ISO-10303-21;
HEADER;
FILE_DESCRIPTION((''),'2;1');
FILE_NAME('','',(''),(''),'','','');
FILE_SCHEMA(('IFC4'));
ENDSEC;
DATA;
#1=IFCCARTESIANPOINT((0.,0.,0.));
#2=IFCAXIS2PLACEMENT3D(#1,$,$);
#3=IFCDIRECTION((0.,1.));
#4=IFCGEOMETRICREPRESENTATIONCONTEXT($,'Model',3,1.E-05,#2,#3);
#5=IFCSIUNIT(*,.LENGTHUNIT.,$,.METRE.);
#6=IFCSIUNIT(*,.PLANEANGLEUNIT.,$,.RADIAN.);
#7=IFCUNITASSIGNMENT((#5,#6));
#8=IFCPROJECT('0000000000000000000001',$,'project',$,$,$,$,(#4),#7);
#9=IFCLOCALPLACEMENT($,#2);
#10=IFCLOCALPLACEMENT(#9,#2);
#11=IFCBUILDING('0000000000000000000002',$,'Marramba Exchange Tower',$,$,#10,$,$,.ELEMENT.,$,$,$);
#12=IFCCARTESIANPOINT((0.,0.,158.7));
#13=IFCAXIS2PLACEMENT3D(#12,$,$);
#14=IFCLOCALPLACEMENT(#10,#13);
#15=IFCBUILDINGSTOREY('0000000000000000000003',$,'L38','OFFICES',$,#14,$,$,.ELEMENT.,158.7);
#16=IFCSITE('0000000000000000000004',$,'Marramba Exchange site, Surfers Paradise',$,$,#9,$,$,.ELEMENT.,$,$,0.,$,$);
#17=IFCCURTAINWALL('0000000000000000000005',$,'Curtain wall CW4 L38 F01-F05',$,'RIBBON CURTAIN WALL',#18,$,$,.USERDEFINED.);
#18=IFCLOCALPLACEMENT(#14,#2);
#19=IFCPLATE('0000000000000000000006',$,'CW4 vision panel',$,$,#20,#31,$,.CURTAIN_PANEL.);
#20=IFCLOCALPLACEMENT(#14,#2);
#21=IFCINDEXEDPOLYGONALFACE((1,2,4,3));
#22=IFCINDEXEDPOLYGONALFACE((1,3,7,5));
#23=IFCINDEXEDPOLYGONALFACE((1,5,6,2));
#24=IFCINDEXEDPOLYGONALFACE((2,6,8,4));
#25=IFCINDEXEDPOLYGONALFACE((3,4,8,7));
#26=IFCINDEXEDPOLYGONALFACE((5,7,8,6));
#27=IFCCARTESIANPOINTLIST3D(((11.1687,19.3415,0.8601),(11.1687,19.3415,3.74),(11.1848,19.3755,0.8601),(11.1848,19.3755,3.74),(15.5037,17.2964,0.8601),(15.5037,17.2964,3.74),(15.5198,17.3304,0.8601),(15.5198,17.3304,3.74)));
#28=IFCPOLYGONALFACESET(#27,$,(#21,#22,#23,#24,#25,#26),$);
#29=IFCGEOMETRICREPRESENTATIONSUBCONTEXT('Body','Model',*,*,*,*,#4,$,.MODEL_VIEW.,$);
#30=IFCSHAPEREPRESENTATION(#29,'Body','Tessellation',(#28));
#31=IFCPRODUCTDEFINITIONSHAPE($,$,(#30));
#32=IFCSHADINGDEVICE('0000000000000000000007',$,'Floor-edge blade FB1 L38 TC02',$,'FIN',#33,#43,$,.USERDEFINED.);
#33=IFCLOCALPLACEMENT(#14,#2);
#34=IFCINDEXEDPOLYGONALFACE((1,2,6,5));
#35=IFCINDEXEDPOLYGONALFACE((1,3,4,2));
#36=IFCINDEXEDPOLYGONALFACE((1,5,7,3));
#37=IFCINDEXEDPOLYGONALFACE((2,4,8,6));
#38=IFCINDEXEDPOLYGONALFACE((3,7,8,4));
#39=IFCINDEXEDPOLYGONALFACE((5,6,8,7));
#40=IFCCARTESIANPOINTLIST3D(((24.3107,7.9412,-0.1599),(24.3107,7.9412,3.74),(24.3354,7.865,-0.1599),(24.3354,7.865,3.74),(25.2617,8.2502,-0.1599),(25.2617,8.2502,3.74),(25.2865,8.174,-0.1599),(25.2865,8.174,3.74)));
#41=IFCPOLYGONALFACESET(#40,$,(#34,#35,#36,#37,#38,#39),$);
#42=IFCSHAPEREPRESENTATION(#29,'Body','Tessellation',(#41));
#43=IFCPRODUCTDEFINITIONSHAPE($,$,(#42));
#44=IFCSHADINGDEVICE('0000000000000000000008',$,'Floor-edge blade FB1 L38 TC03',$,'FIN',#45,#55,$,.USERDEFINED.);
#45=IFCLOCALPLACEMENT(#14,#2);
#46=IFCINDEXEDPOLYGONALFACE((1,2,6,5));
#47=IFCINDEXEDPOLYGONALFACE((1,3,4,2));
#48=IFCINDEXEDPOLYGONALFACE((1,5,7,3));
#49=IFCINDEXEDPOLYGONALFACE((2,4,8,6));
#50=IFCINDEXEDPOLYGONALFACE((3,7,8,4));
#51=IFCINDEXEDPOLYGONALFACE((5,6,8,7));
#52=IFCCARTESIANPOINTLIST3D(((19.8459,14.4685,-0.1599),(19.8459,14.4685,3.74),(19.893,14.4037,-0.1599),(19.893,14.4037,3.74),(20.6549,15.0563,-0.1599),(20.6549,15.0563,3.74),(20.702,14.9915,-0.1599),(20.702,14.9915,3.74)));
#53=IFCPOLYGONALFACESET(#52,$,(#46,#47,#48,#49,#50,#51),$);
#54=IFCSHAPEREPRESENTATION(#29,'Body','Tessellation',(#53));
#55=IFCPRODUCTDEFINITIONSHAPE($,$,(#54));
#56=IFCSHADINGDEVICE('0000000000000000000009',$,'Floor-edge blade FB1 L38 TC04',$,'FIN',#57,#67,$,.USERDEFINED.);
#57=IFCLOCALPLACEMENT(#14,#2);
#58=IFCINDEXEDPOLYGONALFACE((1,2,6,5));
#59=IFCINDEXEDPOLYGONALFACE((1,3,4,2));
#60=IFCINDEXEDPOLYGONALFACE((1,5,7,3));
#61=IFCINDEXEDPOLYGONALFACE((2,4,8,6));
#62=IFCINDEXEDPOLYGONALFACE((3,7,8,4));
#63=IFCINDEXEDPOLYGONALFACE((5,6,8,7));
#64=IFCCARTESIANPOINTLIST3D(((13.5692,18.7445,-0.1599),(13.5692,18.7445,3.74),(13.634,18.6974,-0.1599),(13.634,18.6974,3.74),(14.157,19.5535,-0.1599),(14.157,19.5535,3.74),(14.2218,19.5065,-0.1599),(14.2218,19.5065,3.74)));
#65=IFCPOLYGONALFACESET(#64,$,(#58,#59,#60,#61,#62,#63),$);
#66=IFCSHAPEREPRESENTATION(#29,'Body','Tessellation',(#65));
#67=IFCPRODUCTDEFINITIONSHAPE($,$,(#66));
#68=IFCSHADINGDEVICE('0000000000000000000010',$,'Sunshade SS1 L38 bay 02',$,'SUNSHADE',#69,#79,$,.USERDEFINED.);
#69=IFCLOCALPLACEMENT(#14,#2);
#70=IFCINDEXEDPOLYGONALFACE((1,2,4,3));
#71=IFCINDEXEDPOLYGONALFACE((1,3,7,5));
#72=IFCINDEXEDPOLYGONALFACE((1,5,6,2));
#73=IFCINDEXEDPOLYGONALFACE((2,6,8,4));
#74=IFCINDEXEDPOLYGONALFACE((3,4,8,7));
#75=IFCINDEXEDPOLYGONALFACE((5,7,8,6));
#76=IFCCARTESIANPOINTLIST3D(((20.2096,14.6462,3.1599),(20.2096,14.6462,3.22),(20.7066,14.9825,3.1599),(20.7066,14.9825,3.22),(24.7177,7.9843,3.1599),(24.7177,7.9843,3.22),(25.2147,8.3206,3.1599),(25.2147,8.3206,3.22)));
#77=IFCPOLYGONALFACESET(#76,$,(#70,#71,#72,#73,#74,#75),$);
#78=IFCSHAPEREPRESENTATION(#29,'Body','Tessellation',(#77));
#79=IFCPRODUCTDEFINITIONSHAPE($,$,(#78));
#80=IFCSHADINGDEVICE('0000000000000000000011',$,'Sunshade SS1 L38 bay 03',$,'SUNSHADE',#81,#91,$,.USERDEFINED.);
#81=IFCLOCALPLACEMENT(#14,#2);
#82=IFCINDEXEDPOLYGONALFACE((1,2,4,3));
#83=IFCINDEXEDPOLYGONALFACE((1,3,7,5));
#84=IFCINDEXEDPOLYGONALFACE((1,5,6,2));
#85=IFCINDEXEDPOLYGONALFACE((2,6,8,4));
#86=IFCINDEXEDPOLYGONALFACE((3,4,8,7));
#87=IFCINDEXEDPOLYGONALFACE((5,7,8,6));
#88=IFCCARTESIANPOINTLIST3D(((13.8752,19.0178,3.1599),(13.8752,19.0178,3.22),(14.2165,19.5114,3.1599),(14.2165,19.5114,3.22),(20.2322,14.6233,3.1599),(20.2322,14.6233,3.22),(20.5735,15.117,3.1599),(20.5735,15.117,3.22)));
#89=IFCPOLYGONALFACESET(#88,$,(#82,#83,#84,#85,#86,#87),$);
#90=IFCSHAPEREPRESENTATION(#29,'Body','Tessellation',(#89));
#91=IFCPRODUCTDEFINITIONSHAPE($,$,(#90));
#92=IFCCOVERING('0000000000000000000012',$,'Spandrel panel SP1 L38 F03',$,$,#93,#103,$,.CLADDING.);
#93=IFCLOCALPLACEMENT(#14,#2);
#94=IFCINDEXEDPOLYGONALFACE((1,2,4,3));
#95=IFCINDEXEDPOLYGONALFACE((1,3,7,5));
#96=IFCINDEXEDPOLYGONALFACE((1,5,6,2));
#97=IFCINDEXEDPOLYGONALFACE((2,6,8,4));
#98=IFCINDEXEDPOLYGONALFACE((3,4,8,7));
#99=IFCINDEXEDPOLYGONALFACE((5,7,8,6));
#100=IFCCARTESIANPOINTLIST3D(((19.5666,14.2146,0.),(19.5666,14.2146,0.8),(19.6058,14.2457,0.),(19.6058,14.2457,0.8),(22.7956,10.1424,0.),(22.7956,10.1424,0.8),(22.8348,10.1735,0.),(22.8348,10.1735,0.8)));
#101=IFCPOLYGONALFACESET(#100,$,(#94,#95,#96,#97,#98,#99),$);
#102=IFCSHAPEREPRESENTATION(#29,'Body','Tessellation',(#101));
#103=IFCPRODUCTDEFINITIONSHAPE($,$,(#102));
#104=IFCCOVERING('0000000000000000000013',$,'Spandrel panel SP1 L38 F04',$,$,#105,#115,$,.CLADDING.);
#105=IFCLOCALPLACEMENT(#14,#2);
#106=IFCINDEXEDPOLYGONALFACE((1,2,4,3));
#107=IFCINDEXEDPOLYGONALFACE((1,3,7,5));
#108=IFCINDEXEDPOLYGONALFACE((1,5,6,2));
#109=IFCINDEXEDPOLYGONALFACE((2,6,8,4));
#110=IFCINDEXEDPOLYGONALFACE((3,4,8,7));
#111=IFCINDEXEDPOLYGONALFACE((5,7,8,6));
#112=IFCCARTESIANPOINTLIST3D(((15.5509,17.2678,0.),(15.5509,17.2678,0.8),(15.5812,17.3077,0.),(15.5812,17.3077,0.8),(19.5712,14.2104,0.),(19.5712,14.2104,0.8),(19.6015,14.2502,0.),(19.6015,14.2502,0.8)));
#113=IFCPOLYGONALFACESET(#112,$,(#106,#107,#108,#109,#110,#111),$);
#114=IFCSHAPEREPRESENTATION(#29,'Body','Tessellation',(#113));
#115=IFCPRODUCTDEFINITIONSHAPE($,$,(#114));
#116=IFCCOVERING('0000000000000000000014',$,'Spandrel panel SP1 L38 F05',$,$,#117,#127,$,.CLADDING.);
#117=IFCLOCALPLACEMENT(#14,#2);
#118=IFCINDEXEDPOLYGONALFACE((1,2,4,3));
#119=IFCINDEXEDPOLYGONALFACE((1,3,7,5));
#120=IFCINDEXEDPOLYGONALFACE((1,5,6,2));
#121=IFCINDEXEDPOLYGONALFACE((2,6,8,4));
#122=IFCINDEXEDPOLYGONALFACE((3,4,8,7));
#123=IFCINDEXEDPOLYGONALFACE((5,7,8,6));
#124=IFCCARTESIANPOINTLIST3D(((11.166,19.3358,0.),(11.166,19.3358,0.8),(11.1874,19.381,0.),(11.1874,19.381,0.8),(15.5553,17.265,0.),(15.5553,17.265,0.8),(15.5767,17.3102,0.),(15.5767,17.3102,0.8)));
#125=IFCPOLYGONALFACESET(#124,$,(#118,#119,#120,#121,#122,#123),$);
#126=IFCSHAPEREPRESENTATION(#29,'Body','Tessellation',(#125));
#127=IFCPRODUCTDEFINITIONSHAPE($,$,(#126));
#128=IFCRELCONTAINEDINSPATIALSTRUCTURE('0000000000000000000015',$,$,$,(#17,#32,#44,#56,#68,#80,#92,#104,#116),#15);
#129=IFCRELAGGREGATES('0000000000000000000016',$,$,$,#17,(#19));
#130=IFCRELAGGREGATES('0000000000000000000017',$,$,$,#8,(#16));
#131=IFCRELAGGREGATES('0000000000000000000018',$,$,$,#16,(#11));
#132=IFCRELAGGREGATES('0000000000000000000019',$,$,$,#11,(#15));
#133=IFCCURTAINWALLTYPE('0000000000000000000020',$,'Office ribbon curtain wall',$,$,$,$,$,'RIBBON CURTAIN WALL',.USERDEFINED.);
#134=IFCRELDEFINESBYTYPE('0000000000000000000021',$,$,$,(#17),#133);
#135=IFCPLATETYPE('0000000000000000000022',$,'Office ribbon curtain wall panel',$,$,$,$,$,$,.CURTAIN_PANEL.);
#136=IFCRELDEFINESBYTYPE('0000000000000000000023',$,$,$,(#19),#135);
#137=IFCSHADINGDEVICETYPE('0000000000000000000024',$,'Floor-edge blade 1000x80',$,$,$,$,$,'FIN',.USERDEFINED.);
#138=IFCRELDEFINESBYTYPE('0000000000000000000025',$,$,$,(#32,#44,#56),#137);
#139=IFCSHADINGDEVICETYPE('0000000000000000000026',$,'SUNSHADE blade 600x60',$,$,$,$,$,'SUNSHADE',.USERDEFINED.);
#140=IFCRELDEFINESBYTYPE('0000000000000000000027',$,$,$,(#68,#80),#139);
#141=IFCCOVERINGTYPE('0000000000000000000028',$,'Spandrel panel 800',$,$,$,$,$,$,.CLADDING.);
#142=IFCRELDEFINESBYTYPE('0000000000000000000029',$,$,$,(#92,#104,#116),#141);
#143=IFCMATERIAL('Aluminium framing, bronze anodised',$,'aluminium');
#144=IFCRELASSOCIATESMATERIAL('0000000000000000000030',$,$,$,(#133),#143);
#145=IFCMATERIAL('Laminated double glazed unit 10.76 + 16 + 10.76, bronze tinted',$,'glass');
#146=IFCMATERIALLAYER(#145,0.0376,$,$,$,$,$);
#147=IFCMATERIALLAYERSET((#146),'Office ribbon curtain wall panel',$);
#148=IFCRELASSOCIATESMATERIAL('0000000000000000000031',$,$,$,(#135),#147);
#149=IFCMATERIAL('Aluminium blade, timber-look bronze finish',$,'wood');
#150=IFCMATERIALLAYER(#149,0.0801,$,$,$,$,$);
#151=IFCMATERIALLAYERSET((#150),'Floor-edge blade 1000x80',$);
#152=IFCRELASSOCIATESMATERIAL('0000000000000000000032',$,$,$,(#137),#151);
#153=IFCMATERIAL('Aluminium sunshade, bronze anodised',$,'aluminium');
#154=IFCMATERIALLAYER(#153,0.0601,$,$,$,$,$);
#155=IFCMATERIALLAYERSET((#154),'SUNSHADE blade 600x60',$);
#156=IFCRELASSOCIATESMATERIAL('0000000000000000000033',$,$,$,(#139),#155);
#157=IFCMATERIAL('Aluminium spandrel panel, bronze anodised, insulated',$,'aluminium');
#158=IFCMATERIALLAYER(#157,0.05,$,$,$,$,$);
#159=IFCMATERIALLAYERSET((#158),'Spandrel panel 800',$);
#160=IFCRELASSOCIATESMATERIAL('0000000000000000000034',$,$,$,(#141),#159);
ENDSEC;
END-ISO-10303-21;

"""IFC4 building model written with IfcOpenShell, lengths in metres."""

from ifc_helpers import new_model, si_unit, direction, frame, origin, origin_2d, place, context, subcontext, project, spatial, rectangle, extrude, material, layer, layer_set, type_object, element, aggregate, save


model = new_model("IFC4")

# Units and contexts
model_context = context("Model", 3, precision=1e-05, world=origin(), true_north=direction((0.0, 1.0)))
body_context = subcontext(model_context, "Body", "Model", "MODEL_VIEW")
ifc_project = project(units=[si_unit("LENGTHUNIT", "METRE"), si_unit("PLANEANGLEUNIT", "RADIAN")], contexts=[model_context])

# Site, building, storey
site_placement = place(None, origin())
site = spatial("IfcSite", under=ifc_project, at=site_placement, Name="Marramba Exchange site, Surfers Paradise", CompositionType="ELEMENT", RefElevation=0.0)
building_placement = place(site_placement, origin())
building = spatial("IfcBuilding", under=site, at=building_placement, Name="Marramba Exchange Tower", CompositionType="ELEMENT")
storey_placement = place(building_placement, frame((0.0, 0.0, 158.7)))
storey = spatial("IfcBuildingStorey", under=building, at=storey_placement, Name="L38", Description="OFFICES", CompositionType="ELEMENT", Elevation=158.7)

# Curtain wall
ifc_material_1 = material(Name="Aluminium framing, bronze anodised", Category="aluminium")
curtain_wall_type = type_object("IfcCurtainWallType", Name="Office ribbon curtain wall", ElementType="RIBBON CURTAIN WALL", PredefinedType="USERDEFINED", material=ifc_material_1)
curtain_wall_placement = place(storey_placement, origin())
curtain_wall = element("IfcCurtainWall", 1, at=curtain_wall_placement, inside=storey, type_object=curtain_wall_type, Name="Curtain wall CW4 L38 F01-F05", ObjectType="RIBBON CURTAIN WALL", PredefinedType="USERDEFINED")

# Plate
ifc_material_2 = material(Name="Laminated double glazed unit 10.76 + 16 + 10.76, bronze tinted", Category="glass")
ifc_layer_1 = layer(ifc_material_2, 0.0376)
ifc_layer_set_1 = layer_set([ifc_layer_1], Name="Office ribbon curtain wall panel")
plate_type = type_object("IfcPlateType", Name="Office ribbon curtain wall panel", PredefinedType="CURTAIN_PANEL", material=ifc_layer_set_1)
plate_1_placement = place(storey_placement, frame((13.3442, 18.3359, 0.8601), z_axis=(0.0, 0.0, 1.0), x_axis=(-0.904403, 0.426679, 0.0)))
plate_1 = element("IfcPlate", 2, at=plate_1_placement, type_object=plate_type, Name="CW4 vision panel", PredefinedType="CURTAIN_PANEL", context=body_context, shape_type="SweptSolid", body=[
    extrude(rectangle(XDim=4.7932, YDim=0.0376, at=origin_2d()), origin(), (0.0, 0.0, 1.0), 2.8799),
])
aggregate(curtain_wall, [plate_1])

# Shading devices
ifc_material_3 = material(Name="Aluminium blade, timber-look bronze finish", Category="wood")
ifc_layer_2 = layer(ifc_material_3, 0.0801)
ifc_layer_set_2 = layer_set([ifc_layer_2], Name="Floor-edge blade 1000x80")
shading_device_type_1 = type_object("IfcShadingDeviceType", Name="Floor-edge blade 1000x80", ElementType="FIN", PredefinedType="USERDEFINED", material=ifc_layer_set_2)
for number, where, z_axis, x_axis, name in (
    (3, (24.7986, 8.0576, -0.1599), (0.0, 0.0, 1.0), (0.951057, 0.309017, 0.0), "Floor-edge blade FB1 L38 TC02"),
    (4, (20.2739, 14.73, -0.1599), (0.0, 0.0, 1.0), (0.809017, 0.587785, 0.0), "Floor-edge blade FB1 L38 TC03"),
    (5, (13.8955, 19.1255, -0.1599), (0.0, 0.0, 1.0), (0.587785, 0.809017, 0.0), "Floor-edge blade FB1 L38 TC04"),
):
    element("IfcShadingDevice", number, at=place(storey_placement, frame(where, z_axis=z_axis, x_axis=x_axis)), inside=storey, type_object=shading_device_type_1, Name=name, ObjectType="FIN", PredefinedType="USERDEFINED", context=body_context, shape_type="SweptSolid", body=[
        extrude(rectangle(XDim=1.0, YDim=0.0801, at=origin_2d()), origin(), (0.0, 0.0, 1.0), 3.8999),
    ])
ifc_material_4 = material(Name="Aluminium sunshade, bronze anodised", Category="aluminium")
ifc_layer_3 = layer(ifc_material_4, 0.0601)
ifc_layer_set_3 = layer_set([ifc_layer_3], Name="SUNSHADE blade 600x60")
shading_device_type_2 = type_object("IfcShadingDeviceType", Name="SUNSHADE blade 600x60", ElementType="SUNSHADE", PredefinedType="USERDEFINED", material=ifc_layer_set_3)
shading_device_1_placement = place(storey_placement, frame((22.7122, 11.4834, 3.1599), z_axis=(0.0, 0.0, 1.0), x_axis=(-0.560442, 0.828194, 0.0)))
element("IfcShadingDevice", 6, at=shading_device_1_placement, inside=storey, type_object=shading_device_type_2, Name="Sunshade SS1 L38 bay 02", ObjectType="SUNSHADE", PredefinedType="USERDEFINED", context=body_context, shape_type="SweptSolid", body=[
    extrude(rectangle(XDim=8.0439, YDim=0.6001, at=origin_2d()), origin(), (0.0, 0.0, 1.0), 0.0601),
])
shading_device_2_placement = place(storey_placement, frame((17.2244, 17.0674, 3.1599), z_axis=(0.0, 0.0, 1.0), x_axis=(-0.82259, 0.568636, 0.0)))
element("IfcShadingDevice", 7, at=shading_device_2_placement, inside=storey, type_object=shading_device_type_2, Name="Sunshade SS1 L38 bay 03", ObjectType="SUNSHADE", PredefinedType="USERDEFINED", context=body_context, shape_type="SweptSolid", body=[
    extrude(rectangle(XDim=7.728, YDim=0.6001, at=origin_2d()), origin(), (0.0, 0.0, 1.0), 0.0601),
])

# Coverings
ifc_material_5 = material(Name="Aluminium spandrel panel, bronze anodised, insulated", Category="aluminium")
ifc_layer_4 = layer(ifc_material_5, 0.05)
ifc_layer_set_4 = layer_set([ifc_layer_4], Name="Spandrel panel 800")
covering_type = type_object("IfcCoveringType", Name="Spandrel panel 800", PredefinedType="CLADDING", material=ifc_layer_set_4)
covering_1_placement = place(storey_placement, frame((21.2007, 12.1941, 0.0), z_axis=(0.0, 0.0, 1.0), x_axis=(-0.621312, 0.783563, 0.0)))
element("IfcCovering", 8, at=covering_1_placement, inside=storey, type_object=covering_type, Name="Spandrel panel SP1 L38 F03", PredefinedType="CLADDING", context=body_context, shape_type="SweptSolid", body=[
    extrude(rectangle(XDim=5.197, YDim=0.05, at=origin_2d()), origin(), (0.0, 0.0, 1.0), 0.8),
])
covering_2_placement = place(storey_placement, frame((17.5762, 15.759, 0.0), z_axis=(0.0, 0.0, 1.0), x_axis=(-0.795972, 0.605334, 0.0)))
element("IfcCovering", 9, at=covering_2_placement, inside=storey, type_object=covering_type, Name="Spandrel panel SP1 L38 F04", PredefinedType="CLADDING", context=body_context, shape_type="SweptSolid", body=[
    extrude(rectangle(XDim=5.0508, YDim=0.05, at=origin_2d()), origin(), (0.0, 0.0, 1.0), 0.8),
])
covering_3_placement = place(storey_placement, frame((13.3713, 18.323, 0.0), z_axis=(0.0, 0.0, 1.0), x_axis=(-0.904403, 0.426679, 0.0)))
element("IfcCovering", 10, at=covering_3_placement, inside=storey, type_object=covering_type, Name="Spandrel panel SP1 L38 F05", PredefinedType="CLADDING", context=body_context, shape_type="SweptSolid", body=[
    extrude(rectangle(XDim=4.8533, YDim=0.05, at=origin_2d()), origin(), (0.0, 0.0, 1.0), 0.8),
])

save(model, "model.ifc")
